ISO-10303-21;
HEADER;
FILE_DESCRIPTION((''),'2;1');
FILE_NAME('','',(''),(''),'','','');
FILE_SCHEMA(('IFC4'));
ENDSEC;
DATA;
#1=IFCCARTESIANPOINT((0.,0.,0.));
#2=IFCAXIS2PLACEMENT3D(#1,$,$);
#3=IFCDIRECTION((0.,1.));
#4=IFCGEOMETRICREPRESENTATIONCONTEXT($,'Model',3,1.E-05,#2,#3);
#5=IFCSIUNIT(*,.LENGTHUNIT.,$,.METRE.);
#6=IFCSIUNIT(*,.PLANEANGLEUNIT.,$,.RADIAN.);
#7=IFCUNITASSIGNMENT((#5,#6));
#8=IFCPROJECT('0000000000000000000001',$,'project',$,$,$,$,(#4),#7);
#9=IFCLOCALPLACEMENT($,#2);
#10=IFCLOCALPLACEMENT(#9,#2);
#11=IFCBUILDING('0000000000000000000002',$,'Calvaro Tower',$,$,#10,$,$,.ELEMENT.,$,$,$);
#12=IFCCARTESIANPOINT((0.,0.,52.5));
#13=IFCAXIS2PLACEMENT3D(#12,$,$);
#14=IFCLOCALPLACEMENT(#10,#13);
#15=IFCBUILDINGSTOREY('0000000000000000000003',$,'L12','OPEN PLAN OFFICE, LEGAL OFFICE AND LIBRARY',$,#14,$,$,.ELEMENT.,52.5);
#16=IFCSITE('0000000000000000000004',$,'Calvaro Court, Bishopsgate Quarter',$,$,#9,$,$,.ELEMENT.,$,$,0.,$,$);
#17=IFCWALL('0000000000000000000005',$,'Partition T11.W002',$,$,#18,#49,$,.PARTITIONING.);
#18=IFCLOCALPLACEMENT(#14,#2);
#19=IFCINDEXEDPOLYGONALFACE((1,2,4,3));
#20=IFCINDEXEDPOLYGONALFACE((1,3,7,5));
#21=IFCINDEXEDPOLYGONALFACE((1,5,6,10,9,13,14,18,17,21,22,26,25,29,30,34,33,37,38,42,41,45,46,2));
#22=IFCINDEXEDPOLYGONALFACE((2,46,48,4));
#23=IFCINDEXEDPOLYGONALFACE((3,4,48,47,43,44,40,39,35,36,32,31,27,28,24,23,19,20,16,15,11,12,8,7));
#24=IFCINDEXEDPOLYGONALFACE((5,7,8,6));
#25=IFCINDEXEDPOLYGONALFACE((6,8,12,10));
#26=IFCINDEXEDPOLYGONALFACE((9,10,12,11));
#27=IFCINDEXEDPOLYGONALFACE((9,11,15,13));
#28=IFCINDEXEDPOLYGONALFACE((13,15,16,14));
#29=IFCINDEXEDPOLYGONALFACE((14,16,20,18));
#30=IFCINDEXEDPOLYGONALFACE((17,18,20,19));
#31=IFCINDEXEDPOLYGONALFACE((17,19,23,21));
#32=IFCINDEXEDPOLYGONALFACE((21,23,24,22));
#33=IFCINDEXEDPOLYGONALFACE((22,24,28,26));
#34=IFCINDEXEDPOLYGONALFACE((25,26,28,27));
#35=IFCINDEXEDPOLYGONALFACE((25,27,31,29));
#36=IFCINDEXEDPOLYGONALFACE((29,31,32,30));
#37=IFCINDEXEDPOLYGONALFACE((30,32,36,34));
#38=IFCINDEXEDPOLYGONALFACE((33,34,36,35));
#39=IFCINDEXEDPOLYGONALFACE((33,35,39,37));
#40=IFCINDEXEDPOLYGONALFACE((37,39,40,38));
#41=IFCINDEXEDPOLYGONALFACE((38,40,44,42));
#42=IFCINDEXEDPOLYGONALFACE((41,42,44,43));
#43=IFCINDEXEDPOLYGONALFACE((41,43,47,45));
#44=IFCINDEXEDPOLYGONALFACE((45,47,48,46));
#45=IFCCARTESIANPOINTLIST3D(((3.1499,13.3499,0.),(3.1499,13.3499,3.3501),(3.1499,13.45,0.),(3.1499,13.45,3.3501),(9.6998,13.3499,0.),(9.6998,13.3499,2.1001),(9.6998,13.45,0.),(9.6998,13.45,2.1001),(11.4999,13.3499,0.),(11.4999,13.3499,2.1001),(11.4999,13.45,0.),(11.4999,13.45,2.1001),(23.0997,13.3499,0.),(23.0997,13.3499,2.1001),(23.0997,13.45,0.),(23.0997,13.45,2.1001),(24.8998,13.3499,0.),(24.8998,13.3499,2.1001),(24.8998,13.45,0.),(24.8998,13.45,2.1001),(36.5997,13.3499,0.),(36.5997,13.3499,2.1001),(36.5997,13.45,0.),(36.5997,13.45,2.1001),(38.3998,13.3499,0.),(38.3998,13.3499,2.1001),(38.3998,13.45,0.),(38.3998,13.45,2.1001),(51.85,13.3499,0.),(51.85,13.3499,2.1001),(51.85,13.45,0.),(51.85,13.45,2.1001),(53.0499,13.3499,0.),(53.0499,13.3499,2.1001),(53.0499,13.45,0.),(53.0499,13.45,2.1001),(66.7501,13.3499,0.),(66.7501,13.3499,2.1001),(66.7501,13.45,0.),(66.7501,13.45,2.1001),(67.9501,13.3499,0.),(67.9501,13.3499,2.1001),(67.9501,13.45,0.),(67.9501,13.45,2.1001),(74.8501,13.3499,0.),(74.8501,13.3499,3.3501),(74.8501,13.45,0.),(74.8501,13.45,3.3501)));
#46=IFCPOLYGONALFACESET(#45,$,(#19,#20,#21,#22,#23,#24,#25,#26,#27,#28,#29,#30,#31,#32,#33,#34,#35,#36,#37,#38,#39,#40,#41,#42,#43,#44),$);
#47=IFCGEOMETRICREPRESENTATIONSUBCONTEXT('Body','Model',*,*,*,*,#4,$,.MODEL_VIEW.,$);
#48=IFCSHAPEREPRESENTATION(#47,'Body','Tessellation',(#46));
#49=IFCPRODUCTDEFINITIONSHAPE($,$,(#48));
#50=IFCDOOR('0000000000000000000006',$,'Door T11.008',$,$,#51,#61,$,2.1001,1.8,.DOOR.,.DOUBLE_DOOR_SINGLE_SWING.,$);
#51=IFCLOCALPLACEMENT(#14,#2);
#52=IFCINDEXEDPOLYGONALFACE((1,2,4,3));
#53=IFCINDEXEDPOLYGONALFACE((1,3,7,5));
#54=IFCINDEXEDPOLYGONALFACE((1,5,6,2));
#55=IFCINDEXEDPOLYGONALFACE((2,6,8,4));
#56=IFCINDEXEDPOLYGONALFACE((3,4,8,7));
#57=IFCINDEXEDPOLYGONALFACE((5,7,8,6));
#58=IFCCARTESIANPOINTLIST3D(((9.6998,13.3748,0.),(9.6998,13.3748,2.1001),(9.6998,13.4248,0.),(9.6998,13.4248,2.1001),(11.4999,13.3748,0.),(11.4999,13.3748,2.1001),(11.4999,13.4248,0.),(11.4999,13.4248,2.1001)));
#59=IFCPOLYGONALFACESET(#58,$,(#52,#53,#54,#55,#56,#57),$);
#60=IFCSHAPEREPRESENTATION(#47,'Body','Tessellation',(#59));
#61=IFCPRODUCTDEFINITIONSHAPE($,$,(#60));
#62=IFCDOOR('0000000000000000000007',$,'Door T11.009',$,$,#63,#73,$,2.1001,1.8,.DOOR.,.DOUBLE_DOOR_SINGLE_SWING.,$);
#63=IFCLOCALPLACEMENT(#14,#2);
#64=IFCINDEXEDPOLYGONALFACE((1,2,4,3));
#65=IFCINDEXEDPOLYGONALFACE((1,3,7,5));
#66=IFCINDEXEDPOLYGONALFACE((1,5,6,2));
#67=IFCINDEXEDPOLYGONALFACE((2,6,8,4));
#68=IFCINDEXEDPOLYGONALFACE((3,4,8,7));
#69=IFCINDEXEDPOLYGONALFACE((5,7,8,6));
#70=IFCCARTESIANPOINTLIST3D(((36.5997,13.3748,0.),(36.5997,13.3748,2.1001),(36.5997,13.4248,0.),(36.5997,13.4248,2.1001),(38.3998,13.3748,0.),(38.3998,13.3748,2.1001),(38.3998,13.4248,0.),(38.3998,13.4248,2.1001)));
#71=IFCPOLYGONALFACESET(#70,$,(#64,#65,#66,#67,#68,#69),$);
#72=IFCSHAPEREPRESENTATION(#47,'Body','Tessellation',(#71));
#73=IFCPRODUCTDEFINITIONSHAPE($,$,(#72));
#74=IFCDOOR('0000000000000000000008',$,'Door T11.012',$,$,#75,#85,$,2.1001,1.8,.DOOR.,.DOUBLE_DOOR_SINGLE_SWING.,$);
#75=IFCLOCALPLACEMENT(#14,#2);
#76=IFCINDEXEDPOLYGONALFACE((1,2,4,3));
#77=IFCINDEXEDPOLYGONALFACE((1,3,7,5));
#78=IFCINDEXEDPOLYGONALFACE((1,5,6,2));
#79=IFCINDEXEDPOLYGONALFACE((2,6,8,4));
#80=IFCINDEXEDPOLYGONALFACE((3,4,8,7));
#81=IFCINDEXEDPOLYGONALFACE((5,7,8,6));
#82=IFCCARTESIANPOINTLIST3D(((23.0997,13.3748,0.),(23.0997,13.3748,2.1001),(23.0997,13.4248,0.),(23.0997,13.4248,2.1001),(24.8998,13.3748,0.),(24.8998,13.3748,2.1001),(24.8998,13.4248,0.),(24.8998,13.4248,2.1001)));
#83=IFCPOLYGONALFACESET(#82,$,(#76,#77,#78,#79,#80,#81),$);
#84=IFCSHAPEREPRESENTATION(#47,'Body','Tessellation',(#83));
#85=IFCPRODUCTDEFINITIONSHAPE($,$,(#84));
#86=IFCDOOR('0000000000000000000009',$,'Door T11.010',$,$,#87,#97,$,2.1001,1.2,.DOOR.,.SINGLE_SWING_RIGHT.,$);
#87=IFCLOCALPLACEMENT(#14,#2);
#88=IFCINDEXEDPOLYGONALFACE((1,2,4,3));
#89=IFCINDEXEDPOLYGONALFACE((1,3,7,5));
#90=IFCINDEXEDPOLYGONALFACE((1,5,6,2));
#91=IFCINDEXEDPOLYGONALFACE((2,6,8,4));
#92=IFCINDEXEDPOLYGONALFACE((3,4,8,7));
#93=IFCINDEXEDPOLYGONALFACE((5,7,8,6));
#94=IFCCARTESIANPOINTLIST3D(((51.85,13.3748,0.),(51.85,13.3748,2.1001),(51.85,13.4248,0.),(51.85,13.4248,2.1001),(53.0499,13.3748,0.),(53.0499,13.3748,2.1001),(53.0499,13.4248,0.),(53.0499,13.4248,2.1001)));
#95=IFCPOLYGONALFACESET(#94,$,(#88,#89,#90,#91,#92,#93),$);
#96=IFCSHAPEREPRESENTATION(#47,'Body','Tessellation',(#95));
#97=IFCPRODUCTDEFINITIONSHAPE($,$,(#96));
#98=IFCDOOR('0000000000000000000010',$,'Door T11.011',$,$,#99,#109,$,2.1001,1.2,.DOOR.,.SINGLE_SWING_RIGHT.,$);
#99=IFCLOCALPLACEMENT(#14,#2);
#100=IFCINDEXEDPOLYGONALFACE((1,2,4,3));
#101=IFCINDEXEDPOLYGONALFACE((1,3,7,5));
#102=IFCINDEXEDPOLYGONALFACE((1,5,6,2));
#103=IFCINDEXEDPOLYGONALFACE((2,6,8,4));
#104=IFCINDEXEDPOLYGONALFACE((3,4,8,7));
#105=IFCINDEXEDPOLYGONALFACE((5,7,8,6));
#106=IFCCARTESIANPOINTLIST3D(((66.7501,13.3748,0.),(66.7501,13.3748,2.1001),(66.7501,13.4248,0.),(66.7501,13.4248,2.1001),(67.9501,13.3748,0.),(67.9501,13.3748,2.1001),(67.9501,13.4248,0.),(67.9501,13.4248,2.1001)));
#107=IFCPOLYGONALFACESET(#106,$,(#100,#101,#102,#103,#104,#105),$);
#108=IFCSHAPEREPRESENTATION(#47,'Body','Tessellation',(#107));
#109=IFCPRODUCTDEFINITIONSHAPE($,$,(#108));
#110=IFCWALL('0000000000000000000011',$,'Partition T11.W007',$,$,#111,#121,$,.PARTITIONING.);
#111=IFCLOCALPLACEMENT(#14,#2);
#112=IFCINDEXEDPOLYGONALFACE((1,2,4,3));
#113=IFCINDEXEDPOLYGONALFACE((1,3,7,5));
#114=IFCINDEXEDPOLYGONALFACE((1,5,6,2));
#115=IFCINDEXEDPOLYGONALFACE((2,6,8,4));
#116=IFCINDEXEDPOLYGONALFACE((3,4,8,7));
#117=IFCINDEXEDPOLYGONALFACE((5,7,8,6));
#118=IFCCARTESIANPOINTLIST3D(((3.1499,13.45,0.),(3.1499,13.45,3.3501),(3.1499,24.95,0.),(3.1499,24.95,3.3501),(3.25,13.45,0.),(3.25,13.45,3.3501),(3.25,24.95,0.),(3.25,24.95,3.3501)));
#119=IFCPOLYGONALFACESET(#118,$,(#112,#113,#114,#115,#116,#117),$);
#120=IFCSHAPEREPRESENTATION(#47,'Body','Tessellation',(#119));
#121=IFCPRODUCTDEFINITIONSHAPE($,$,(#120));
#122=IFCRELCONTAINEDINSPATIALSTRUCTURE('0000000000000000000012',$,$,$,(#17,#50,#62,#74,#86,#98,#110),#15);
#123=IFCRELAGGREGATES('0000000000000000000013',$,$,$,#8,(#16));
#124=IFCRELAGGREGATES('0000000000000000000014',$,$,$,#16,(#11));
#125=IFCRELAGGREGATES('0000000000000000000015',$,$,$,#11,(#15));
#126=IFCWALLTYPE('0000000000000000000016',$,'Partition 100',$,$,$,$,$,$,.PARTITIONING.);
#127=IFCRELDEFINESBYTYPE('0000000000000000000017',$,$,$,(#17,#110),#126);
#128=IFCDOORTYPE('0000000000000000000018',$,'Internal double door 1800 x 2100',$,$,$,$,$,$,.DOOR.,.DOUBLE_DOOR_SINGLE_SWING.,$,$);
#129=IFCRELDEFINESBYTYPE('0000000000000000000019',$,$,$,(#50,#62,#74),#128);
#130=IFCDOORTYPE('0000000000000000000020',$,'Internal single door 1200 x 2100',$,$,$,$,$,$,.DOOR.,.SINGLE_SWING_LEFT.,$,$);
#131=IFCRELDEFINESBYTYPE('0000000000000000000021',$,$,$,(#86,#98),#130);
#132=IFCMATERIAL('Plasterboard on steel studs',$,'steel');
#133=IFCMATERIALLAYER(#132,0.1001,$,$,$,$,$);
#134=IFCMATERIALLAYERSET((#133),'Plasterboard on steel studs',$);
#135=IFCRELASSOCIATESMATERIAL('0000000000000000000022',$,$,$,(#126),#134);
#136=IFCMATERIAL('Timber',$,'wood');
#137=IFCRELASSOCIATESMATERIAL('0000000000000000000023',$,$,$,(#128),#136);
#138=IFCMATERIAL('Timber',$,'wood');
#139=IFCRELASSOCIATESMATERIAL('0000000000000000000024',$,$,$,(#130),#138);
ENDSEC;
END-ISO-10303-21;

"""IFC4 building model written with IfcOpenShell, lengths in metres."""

from ifc_helpers import new_model, si_unit, direction, frame, frame_2d, origin, place, context, subcontext, project, spatial, rectangle, extrude, material, layer, layer_set, type_object, element, fill, save


model = new_model("IFC4")

# Units and contexts
model_context = context("Model", 3, precision=1e-05, world=origin(), true_north=direction((0.0, 1.0)))
body_context = subcontext(model_context, "Body", "Model", "MODEL_VIEW")
ifc_project = project(units=[si_unit("LENGTHUNIT", "METRE"), si_unit("PLANEANGLEUNIT", "RADIAN")], contexts=[model_context])

# Site, building, storey
site_placement = place(None, origin())
site = spatial("IfcSite", under=ifc_project, at=site_placement, Name="Calvaro Court, Bishopsgate Quarter", CompositionType="ELEMENT", RefElevation=0.0)
building_placement = place(site_placement, origin())
building = spatial("IfcBuilding", under=site, at=building_placement, Name="Calvaro Tower", CompositionType="ELEMENT")
storey_placement = place(building_placement, frame((0.0, 0.0, 52.5)))
storey = spatial("IfcBuildingStorey", under=building, at=storey_placement, Name="L12", Description="OPEN PLAN OFFICE, LEGAL OFFICE AND LIBRARY", CompositionType="ELEMENT", Elevation=52.5)

# Wall, openings, doors
ifc_material_1 = material(Name="Plasterboard on steel studs", Category="steel")
ifc_layer = layer(ifc_material_1, 0.1001)
ifc_layer_set = layer_set([ifc_layer], Name="Plasterboard on steel studs")
wall_type = type_object("IfcWallType", Name="Partition 100", PredefinedType="PARTITIONING", material=ifc_layer_set)
ifc_material_2 = material(Name="Timber", Category="wood")
door_type_1 = type_object("IfcDoorType", Name="Internal double door 1800 x 2100", OperationType="DOUBLE_DOOR_SINGLE_SWING", PredefinedType="DOOR", material=ifc_material_2)
wall_1_placement = place(storey_placement, frame((3.1499, 13.3999, 0.0), z_axis=(0.0, 0.0, 1.0), x_axis=(1.0, 0.0, 0.0)))
wall_1 = element("IfcWall", 1, at=wall_1_placement, inside=storey, type_object=wall_type, Name="Partition T11.W002", PredefinedType="PARTITIONING", context=body_context, shape_type="SweptSolid", body=[
    extrude(rectangle(XDim=71.7002, YDim=0.1001, at=frame_2d((35.8501, 0.0))), origin(), (0.0, 0.0, 1.0), 3.3501),
])
opening_1_placement = place(wall_1_placement, frame((6.55, 0.0, 0.0)))
opening_1 = element("IfcOpeningElement", 2, at=opening_1_placement, cuts=wall_1, PredefinedType="OPENING", context=body_context, shape_type="SweptSolid", body=[
    extrude(rectangle(XDim=1.8, YDim=2.1001, at=frame_2d((0.8999, 1.05))), frame((0.0, 0.0601, 0.0), z_axis=(0.0, -1.0, 0.0), x_axis=(1.0, 0.0, 0.0)), (0.0, 0.0, 1.0), 0.1201),
])
opening_2_placement = place(wall_1_placement, frame((33.45, 0.0, 0.0)))
opening_2 = element("IfcOpeningElement", 3, at=opening_2_placement, cuts=wall_1, PredefinedType="OPENING", context=body_context, shape_type="SweptSolid", body=[
    extrude(rectangle(XDim=1.8, YDim=2.1001, at=frame_2d((0.8999, 1.05))), frame((0.0, 0.0601, 0.0), z_axis=(0.0, -1.0, 0.0), x_axis=(1.0, 0.0, 0.0)), (0.0, 0.0, 1.0), 0.1201),
])
opening_3_placement = place(wall_1_placement, frame((48.7, 0.0, 0.0)))
opening_3 = element("IfcOpeningElement", 4, at=opening_3_placement, cuts=wall_1, PredefinedType="OPENING", context=body_context, shape_type="SweptSolid", body=[
    extrude(rectangle(XDim=1.2, YDim=2.1001, at=frame_2d((0.6001, 1.05))), frame((0.0, 0.0601, 0.0), z_axis=(0.0, -1.0, 0.0), x_axis=(1.0, 0.0, 0.0)), (0.0, 0.0, 1.0), 0.1201),
])
opening_4_placement = place(wall_1_placement, frame((63.6001, 0.0, 0.0)))
opening_4 = element("IfcOpeningElement", 5, at=opening_4_placement, cuts=wall_1, PredefinedType="OPENING", context=body_context, shape_type="SweptSolid", body=[
    extrude(rectangle(XDim=1.2, YDim=2.1001, at=frame_2d((0.6001, 1.05))), frame((0.0, 0.0601, 0.0), z_axis=(0.0, -1.0, 0.0), x_axis=(1.0, 0.0, 0.0)), (0.0, 0.0, 1.0), 0.1201),
])
opening_5_placement = place(wall_1_placement, frame((19.95, 0.0, 0.0)))
opening_5 = element("IfcOpeningElement", 6, at=opening_5_placement, cuts=wall_1, PredefinedType="OPENING", context=body_context, shape_type="SweptSolid", body=[
    extrude(rectangle(XDim=1.8, YDim=2.1001, at=frame_2d((0.8999, 1.05))), frame((0.0, 0.0601, 0.0), z_axis=(0.0, -1.0, 0.0), x_axis=(1.0, 0.0, 0.0)), (0.0, 0.0, 1.0), 0.1201),
])
door_1_placement = place(opening_1_placement, origin())
door_1 = element("IfcDoor", 7, at=door_1_placement, inside=storey, type_object=door_type_1, Name="Door T11.008", OperationType="DOUBLE_DOOR_SINGLE_SWING", OverallHeight=2.1001, OverallWidth=1.8, PredefinedType="DOOR", context=body_context, shape_type="SweptSolid", body=[
    extrude(rectangle(XDim=1.8, YDim=2.1001, at=frame_2d((0.8999, 1.05))), frame((0.0, 0.0249, 0.0), z_axis=(0.0, -1.0, 0.0), x_axis=(1.0, 0.0, 0.0)), (0.0, 0.0, 1.0), 0.05),
])
fill(opening_1, door_1)
door_2_placement = place(opening_2_placement, origin())
door_2 = element("IfcDoor", 8, at=door_2_placement, inside=storey, type_object=door_type_1, Name="Door T11.009", OperationType="DOUBLE_DOOR_SINGLE_SWING", OverallHeight=2.1001, OverallWidth=1.8, PredefinedType="DOOR", context=body_context, shape_type="SweptSolid", body=[
    extrude(rectangle(XDim=1.8, YDim=2.1001, at=frame_2d((0.8999, 1.05))), frame((0.0, 0.0249, 0.0), z_axis=(0.0, -1.0, 0.0), x_axis=(1.0, 0.0, 0.0)), (0.0, 0.0, 1.0), 0.05),
])
fill(opening_2, door_2)
door_3_placement = place(opening_5_placement, origin())
door_3 = element("IfcDoor", 9, at=door_3_placement, inside=storey, type_object=door_type_1, Name="Door T11.012", OperationType="DOUBLE_DOOR_SINGLE_SWING", OverallHeight=2.1001, OverallWidth=1.8, PredefinedType="DOOR", context=body_context, shape_type="SweptSolid", body=[
    extrude(rectangle(XDim=1.8, YDim=2.1001, at=frame_2d((0.8999, 1.05))), frame((0.0, 0.0249, 0.0), z_axis=(0.0, -1.0, 0.0), x_axis=(1.0, 0.0, 0.0)), (0.0, 0.0, 1.0), 0.05),
])
fill(opening_5, door_3)
ifc_material_3 = material(Name="Timber", Category="wood")
door_type_2 = type_object("IfcDoorType", Name="Internal single door 1200 x 2100", OperationType="SINGLE_SWING_LEFT", PredefinedType="DOOR", material=ifc_material_3)
door_4_placement = place(opening_3_placement, origin())
door_4 = element("IfcDoor", 10, at=door_4_placement, inside=storey, type_object=door_type_2, Name="Door T11.010", OperationType="SINGLE_SWING_RIGHT", OverallHeight=2.1001, OverallWidth=1.2, PredefinedType="DOOR", context=body_context, shape_type="SweptSolid", body=[
    extrude(rectangle(XDim=1.2, YDim=2.1001, at=frame_2d((0.6001, 1.05))), frame((0.0, 0.0249, 0.0), z_axis=(0.0, -1.0, 0.0), x_axis=(1.0, 0.0, 0.0)), (0.0, 0.0, 1.0), 0.05),
])
fill(opening_3, door_4)
door_5_placement = place(opening_4_placement, origin())
door_5 = element("IfcDoor", 11, at=door_5_placement, inside=storey, type_object=door_type_2, Name="Door T11.011", OperationType="SINGLE_SWING_RIGHT", OverallHeight=2.1001, OverallWidth=1.2, PredefinedType="DOOR", context=body_context, shape_type="SweptSolid", body=[
    extrude(rectangle(XDim=1.2, YDim=2.1001, at=frame_2d((0.6001, 1.05))), frame((0.0, 0.0249, 0.0), z_axis=(0.0, -1.0, 0.0), x_axis=(1.0, 0.0, 0.0)), (0.0, 0.0, 1.0), 0.05),
])
fill(opening_4, door_5)

# Wall
wall_2_placement = place(storey_placement, frame((3.2, 13.45, 0.0), z_axis=(0.0, 0.0, 1.0), x_axis=(0.0, 1.0, 0.0)))
element("IfcWall", 12, at=wall_2_placement, inside=storey, type_object=wall_type, Name="Partition T11.W007", PredefinedType="PARTITIONING", context=body_context, shape_type="SweptSolid", body=[
    extrude(rectangle(XDim=11.5, YDim=0.1001, at=frame_2d((5.75, 0.0))), origin(), (0.0, 0.0, 1.0), 3.3501),
])

save(model, "model.ifc")
